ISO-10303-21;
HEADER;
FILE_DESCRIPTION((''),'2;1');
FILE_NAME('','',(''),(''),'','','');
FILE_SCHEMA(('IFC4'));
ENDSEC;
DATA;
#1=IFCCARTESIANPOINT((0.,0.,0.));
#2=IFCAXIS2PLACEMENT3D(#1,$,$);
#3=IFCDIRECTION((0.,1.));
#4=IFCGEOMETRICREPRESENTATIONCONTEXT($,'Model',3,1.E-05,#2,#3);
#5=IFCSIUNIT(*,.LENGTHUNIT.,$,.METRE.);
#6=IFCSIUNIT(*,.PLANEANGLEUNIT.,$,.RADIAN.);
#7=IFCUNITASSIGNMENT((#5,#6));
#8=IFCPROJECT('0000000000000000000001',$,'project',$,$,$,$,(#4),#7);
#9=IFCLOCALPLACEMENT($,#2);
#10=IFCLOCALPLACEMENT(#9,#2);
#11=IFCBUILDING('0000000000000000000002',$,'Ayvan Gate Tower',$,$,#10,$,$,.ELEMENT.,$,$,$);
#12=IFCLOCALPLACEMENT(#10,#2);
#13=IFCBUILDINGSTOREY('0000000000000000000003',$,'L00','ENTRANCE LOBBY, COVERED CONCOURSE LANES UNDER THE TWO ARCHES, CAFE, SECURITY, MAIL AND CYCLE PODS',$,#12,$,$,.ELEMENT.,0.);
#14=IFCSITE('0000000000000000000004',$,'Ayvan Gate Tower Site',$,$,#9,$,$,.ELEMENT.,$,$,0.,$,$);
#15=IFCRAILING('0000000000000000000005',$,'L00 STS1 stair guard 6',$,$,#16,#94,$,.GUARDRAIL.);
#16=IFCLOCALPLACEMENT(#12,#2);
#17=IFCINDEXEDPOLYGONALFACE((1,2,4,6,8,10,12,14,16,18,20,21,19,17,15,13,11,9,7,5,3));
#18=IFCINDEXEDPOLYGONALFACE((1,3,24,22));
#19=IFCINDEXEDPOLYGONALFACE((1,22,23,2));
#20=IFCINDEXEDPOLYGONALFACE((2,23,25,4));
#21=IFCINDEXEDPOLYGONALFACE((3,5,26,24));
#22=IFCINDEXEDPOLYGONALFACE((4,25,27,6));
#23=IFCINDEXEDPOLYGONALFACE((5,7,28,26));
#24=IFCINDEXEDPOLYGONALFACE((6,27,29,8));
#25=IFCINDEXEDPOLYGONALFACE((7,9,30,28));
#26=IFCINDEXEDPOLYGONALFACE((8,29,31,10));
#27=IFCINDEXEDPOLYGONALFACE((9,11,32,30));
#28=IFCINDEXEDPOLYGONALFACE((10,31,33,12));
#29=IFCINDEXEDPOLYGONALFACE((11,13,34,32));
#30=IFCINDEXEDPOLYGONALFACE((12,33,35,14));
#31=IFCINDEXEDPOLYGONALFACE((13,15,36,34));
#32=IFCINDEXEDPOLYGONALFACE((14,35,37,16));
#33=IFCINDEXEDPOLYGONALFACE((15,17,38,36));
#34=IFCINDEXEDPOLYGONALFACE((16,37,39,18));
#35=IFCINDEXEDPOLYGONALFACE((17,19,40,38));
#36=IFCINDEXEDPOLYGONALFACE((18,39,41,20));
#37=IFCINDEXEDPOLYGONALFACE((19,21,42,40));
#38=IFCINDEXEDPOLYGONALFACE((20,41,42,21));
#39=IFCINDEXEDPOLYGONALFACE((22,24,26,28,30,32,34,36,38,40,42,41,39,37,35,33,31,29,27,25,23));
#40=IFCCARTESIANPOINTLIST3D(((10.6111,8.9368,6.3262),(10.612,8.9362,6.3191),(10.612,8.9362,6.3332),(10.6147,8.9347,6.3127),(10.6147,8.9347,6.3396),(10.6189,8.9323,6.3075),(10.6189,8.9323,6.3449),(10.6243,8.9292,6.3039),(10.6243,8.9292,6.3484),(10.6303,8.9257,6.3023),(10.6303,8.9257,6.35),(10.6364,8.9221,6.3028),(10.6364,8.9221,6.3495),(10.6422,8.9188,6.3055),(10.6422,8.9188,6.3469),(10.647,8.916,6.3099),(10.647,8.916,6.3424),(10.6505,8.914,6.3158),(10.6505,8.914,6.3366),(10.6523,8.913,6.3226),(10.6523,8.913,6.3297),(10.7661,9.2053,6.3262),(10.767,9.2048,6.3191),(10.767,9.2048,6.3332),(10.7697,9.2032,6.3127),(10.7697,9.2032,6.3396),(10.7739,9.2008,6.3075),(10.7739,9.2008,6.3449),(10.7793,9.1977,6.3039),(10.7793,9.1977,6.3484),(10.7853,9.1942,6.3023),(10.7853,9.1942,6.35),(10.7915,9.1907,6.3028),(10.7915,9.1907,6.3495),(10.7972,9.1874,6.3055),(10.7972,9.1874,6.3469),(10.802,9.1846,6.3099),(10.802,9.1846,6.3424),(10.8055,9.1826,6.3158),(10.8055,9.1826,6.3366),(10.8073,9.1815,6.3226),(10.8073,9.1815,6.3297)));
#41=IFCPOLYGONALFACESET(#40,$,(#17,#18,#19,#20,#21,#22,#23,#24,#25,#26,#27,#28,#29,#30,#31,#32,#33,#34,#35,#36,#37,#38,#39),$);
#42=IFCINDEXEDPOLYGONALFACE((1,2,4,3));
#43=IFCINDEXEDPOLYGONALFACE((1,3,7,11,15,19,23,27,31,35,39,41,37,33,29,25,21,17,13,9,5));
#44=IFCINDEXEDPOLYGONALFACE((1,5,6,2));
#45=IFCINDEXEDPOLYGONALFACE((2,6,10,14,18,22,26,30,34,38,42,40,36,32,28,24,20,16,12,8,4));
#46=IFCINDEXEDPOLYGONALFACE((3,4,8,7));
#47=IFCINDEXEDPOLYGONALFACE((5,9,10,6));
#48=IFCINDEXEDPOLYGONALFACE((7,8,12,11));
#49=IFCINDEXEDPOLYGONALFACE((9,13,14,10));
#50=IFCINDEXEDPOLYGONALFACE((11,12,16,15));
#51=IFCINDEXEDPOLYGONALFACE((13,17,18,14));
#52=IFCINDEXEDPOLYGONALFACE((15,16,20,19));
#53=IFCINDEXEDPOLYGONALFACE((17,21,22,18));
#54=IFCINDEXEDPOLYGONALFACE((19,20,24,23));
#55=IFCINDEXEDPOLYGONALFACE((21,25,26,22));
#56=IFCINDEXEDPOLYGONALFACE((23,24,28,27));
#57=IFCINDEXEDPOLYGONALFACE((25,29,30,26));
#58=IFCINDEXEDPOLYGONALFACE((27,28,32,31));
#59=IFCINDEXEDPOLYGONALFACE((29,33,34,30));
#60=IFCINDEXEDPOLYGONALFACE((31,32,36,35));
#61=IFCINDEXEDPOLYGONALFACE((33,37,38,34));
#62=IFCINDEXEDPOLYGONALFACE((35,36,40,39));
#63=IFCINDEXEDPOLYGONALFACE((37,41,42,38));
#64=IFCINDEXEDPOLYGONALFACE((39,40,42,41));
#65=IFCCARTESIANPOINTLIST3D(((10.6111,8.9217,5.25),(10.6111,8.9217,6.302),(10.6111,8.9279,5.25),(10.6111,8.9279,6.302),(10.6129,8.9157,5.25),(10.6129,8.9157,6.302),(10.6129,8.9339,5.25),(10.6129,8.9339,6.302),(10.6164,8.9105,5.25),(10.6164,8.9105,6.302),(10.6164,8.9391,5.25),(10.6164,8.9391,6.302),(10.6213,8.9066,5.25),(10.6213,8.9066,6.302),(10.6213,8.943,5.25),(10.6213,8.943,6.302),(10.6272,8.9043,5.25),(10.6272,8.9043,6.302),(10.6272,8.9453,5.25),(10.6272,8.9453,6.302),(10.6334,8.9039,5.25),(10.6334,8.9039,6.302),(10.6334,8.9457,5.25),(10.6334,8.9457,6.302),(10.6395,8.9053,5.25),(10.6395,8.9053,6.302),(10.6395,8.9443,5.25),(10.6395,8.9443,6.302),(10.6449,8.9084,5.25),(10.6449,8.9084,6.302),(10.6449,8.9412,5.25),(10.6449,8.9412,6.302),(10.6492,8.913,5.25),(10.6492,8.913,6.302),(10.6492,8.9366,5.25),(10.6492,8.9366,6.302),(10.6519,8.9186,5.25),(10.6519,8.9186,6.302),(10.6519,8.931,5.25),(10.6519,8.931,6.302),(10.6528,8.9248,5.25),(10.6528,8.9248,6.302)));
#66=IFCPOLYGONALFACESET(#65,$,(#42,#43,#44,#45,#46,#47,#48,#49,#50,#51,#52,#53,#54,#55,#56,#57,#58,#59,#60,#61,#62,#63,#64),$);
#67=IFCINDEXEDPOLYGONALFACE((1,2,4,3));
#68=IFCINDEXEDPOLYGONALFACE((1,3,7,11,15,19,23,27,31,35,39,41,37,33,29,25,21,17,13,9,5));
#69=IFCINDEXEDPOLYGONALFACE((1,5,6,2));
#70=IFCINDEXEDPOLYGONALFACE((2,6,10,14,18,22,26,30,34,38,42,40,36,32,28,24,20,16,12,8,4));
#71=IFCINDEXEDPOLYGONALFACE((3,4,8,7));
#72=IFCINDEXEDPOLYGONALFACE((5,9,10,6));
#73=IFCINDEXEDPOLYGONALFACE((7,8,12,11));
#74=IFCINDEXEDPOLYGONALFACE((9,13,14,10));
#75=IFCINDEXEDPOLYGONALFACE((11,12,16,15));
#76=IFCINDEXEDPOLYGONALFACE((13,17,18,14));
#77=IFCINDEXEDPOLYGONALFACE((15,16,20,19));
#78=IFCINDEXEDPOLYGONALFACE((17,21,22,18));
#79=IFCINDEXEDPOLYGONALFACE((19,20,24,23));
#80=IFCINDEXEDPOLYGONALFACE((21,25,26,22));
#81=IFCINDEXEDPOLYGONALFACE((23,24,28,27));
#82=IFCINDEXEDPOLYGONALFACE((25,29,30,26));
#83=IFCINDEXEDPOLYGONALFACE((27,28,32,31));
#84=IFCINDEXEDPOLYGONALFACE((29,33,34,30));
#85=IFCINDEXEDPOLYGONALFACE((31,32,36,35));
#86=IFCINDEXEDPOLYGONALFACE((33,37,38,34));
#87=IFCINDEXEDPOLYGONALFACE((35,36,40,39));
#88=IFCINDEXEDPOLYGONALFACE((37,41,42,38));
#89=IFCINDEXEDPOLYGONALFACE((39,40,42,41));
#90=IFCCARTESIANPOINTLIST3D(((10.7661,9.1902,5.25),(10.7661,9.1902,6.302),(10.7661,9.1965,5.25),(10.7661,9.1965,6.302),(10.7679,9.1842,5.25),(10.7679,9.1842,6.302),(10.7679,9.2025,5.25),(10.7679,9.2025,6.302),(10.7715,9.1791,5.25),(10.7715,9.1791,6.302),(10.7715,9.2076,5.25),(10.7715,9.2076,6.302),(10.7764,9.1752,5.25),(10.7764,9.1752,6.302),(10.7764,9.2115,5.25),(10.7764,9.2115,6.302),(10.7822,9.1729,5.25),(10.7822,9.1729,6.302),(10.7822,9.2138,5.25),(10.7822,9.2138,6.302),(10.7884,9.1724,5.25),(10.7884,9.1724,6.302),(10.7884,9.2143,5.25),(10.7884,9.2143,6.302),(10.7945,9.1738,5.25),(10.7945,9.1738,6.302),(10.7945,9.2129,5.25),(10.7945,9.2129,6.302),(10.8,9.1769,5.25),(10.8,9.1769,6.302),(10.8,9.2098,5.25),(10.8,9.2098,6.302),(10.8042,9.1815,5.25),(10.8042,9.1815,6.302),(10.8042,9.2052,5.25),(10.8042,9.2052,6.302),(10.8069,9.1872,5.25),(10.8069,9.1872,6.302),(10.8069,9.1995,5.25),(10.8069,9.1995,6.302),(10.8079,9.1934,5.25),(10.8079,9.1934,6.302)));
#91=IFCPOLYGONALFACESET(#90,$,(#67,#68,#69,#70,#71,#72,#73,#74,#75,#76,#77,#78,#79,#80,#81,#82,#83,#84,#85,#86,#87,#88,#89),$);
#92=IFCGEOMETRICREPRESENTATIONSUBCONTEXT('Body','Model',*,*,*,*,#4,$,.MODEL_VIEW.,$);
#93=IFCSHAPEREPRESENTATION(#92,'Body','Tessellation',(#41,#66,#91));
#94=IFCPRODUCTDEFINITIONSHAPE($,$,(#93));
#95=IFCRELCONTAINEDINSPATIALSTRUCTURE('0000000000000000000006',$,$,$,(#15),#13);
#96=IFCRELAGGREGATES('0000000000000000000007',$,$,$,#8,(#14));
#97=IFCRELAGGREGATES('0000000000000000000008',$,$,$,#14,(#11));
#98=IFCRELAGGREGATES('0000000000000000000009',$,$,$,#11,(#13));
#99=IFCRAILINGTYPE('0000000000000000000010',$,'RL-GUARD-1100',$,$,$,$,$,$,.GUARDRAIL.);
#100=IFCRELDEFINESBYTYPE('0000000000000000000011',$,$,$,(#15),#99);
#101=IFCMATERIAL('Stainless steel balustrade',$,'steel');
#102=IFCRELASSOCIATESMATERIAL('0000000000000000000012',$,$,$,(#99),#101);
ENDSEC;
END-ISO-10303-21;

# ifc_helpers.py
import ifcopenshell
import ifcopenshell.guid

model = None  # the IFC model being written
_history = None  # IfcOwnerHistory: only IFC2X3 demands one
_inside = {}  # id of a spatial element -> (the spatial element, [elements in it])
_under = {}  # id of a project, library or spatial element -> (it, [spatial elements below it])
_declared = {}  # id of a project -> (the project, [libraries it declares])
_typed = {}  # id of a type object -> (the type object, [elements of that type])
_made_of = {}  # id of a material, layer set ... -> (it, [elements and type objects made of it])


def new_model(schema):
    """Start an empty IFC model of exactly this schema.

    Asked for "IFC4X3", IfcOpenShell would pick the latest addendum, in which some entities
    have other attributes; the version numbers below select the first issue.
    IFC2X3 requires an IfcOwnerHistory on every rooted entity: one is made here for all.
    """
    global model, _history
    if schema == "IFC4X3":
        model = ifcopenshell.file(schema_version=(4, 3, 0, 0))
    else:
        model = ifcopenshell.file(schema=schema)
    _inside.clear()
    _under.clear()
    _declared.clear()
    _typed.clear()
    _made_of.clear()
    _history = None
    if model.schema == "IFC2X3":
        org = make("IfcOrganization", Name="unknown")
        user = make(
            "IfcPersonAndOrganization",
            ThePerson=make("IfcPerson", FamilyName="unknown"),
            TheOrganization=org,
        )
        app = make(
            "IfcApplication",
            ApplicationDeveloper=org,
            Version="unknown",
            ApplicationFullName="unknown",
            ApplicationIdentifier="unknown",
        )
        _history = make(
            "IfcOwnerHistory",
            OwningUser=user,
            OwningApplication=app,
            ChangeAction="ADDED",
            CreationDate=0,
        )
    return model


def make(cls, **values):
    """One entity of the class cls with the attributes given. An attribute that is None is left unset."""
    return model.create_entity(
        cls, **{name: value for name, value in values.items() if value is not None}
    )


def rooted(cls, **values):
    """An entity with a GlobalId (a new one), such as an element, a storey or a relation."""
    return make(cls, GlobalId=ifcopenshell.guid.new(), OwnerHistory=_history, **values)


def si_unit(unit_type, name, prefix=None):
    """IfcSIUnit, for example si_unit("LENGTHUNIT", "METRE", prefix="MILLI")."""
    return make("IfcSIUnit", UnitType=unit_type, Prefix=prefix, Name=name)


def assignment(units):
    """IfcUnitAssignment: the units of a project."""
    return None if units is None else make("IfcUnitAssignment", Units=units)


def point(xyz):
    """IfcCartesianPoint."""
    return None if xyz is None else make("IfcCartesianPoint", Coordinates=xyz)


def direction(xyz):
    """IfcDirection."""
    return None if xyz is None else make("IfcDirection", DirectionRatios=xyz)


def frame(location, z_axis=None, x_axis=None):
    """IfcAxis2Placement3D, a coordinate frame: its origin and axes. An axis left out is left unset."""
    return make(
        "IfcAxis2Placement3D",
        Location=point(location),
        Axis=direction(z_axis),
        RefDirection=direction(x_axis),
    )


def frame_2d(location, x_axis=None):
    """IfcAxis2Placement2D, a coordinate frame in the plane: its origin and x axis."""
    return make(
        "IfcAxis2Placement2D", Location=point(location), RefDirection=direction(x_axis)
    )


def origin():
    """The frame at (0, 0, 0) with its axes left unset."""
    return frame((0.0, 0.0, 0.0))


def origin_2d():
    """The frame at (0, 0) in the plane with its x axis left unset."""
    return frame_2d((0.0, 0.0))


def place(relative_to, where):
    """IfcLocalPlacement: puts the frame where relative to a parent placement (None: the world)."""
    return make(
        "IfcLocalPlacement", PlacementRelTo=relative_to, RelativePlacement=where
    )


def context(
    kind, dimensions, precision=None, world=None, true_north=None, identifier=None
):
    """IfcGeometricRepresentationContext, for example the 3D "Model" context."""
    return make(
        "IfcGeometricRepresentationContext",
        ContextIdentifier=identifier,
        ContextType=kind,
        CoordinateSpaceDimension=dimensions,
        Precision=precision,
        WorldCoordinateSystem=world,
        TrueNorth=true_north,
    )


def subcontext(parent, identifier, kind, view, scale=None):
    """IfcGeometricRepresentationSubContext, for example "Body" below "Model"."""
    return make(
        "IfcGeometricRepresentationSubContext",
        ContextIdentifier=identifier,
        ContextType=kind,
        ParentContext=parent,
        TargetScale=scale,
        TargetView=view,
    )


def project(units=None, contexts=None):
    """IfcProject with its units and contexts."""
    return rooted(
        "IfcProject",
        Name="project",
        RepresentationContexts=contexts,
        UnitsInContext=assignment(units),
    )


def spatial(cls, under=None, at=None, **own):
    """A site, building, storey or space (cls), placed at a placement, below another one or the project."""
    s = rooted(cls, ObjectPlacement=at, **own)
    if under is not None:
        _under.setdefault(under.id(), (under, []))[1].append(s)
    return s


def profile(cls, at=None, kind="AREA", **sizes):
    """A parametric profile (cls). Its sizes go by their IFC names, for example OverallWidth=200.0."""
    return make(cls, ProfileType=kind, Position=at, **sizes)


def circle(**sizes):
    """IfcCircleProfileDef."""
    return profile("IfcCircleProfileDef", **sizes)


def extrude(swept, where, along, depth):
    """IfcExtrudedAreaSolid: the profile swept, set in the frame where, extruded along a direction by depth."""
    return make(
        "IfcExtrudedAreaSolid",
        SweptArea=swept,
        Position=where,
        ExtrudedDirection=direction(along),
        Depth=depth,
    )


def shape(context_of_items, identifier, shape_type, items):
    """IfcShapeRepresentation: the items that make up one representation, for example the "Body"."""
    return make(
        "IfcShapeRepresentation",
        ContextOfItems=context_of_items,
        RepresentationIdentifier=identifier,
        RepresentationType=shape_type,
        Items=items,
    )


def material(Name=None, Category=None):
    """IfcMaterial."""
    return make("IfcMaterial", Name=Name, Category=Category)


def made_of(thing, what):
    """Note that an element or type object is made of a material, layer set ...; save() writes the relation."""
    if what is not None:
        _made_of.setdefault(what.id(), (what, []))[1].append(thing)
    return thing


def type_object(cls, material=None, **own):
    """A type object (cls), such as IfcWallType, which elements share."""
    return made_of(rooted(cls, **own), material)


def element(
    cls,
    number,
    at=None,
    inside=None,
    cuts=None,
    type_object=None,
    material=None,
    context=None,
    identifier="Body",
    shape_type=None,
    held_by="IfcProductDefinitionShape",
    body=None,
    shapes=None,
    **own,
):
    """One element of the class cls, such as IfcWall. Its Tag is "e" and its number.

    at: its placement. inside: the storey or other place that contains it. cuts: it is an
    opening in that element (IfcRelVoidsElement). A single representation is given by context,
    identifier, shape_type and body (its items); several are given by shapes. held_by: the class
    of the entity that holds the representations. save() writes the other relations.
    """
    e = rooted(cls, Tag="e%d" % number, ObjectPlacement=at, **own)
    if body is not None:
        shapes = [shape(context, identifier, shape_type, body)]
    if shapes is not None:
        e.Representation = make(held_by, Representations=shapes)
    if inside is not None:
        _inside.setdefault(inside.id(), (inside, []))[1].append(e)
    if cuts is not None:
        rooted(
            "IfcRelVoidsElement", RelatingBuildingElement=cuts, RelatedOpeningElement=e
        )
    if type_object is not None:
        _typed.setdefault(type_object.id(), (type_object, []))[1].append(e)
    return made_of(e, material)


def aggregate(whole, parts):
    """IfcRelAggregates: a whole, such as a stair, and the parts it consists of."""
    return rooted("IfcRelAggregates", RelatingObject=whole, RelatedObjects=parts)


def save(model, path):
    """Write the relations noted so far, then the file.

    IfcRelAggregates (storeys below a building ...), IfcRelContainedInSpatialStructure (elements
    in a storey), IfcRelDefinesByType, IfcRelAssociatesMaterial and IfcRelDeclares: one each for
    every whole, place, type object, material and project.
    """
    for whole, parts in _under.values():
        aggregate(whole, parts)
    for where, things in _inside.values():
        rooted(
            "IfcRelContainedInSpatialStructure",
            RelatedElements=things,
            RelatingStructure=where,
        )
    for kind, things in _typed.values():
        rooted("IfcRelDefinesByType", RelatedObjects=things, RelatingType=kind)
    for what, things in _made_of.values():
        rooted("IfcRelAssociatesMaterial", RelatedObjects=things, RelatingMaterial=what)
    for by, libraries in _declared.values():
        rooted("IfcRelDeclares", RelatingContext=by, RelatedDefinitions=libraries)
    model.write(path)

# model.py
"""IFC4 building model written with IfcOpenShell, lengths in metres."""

from ifc_helpers import new_model, si_unit, direction, frame, origin, origin_2d, place, context, subcontext, project, spatial, circle, extrude, material, type_object, element, save


model = new_model("IFC4")

# Units and contexts
model_context = context("Model", 3, precision=1e-05, world=origin(), true_north=direction((0.0, 1.0)))
body_context = subcontext(model_context, "Body", "Model", "MODEL_VIEW")
ifc_project = project(units=[si_unit("LENGTHUNIT", "METRE"), si_unit("PLANEANGLEUNIT", "RADIAN")], contexts=[model_context])

# Site, building, storey
site_placement = place(None, origin())
site = spatial("IfcSite", under=ifc_project, at=site_placement, Name="Ayvan Gate Tower Site", CompositionType="ELEMENT", RefElevation=0.0)
building_placement = place(site_placement, origin())
building = spatial("IfcBuilding", under=site, at=building_placement, Name="Ayvan Gate Tower", CompositionType="ELEMENT")
storey_placement = place(building_placement, origin())
storey = spatial("IfcBuildingStorey", under=building, at=storey_placement, Name="L00", Description="ENTRANCE LOBBY, COVERED CONCOURSE LANES UNDER THE TWO ARCHES, CAFE, SECURITY, MAIL AND CYCLE PODS", CompositionType="ELEMENT", Elevation=0.0)

# Railing
ifc_material_1 = material(Name="Stainless steel balustrade", Category="steel")
railing_type_1 = type_object("IfcRailingType", Name="RL-GUARD-1100", PredefinedType="GUARDRAIL", material=ifc_material_1)
railing_1_placement = place(storey_placement, frame((10.6318, 8.9248, 5.25)))
element("IfcRailing", 1, at=railing_1_placement, inside=storey, type_object=railing_type_1, Name="L00 STS1 stair guard 6", PredefinedType="GUARDRAIL", context=body_context, shape_type="SweptSolid", body=[
    extrude(circle(Radius=0.0239, at=origin_2d()), frame((0.0, 0.0, 1.0762), z_axis=(0.49995, 0.866054, 0.0), x_axis=(-0.866054, 0.49995, 0.0)), (0.0, 0.0, 1.0), 0.3101),
    extrude(circle(Radius=0.021, at=origin_2d()), origin(), (0.0, 0.0, 1.0), 1.052),
    extrude(circle(Radius=0.021, at=origin_2d()), frame((0.155, 0.2686, 0.0)), (0.0, 0.0, 1.0), 1.052),
])

save(model, "model.ifc")
